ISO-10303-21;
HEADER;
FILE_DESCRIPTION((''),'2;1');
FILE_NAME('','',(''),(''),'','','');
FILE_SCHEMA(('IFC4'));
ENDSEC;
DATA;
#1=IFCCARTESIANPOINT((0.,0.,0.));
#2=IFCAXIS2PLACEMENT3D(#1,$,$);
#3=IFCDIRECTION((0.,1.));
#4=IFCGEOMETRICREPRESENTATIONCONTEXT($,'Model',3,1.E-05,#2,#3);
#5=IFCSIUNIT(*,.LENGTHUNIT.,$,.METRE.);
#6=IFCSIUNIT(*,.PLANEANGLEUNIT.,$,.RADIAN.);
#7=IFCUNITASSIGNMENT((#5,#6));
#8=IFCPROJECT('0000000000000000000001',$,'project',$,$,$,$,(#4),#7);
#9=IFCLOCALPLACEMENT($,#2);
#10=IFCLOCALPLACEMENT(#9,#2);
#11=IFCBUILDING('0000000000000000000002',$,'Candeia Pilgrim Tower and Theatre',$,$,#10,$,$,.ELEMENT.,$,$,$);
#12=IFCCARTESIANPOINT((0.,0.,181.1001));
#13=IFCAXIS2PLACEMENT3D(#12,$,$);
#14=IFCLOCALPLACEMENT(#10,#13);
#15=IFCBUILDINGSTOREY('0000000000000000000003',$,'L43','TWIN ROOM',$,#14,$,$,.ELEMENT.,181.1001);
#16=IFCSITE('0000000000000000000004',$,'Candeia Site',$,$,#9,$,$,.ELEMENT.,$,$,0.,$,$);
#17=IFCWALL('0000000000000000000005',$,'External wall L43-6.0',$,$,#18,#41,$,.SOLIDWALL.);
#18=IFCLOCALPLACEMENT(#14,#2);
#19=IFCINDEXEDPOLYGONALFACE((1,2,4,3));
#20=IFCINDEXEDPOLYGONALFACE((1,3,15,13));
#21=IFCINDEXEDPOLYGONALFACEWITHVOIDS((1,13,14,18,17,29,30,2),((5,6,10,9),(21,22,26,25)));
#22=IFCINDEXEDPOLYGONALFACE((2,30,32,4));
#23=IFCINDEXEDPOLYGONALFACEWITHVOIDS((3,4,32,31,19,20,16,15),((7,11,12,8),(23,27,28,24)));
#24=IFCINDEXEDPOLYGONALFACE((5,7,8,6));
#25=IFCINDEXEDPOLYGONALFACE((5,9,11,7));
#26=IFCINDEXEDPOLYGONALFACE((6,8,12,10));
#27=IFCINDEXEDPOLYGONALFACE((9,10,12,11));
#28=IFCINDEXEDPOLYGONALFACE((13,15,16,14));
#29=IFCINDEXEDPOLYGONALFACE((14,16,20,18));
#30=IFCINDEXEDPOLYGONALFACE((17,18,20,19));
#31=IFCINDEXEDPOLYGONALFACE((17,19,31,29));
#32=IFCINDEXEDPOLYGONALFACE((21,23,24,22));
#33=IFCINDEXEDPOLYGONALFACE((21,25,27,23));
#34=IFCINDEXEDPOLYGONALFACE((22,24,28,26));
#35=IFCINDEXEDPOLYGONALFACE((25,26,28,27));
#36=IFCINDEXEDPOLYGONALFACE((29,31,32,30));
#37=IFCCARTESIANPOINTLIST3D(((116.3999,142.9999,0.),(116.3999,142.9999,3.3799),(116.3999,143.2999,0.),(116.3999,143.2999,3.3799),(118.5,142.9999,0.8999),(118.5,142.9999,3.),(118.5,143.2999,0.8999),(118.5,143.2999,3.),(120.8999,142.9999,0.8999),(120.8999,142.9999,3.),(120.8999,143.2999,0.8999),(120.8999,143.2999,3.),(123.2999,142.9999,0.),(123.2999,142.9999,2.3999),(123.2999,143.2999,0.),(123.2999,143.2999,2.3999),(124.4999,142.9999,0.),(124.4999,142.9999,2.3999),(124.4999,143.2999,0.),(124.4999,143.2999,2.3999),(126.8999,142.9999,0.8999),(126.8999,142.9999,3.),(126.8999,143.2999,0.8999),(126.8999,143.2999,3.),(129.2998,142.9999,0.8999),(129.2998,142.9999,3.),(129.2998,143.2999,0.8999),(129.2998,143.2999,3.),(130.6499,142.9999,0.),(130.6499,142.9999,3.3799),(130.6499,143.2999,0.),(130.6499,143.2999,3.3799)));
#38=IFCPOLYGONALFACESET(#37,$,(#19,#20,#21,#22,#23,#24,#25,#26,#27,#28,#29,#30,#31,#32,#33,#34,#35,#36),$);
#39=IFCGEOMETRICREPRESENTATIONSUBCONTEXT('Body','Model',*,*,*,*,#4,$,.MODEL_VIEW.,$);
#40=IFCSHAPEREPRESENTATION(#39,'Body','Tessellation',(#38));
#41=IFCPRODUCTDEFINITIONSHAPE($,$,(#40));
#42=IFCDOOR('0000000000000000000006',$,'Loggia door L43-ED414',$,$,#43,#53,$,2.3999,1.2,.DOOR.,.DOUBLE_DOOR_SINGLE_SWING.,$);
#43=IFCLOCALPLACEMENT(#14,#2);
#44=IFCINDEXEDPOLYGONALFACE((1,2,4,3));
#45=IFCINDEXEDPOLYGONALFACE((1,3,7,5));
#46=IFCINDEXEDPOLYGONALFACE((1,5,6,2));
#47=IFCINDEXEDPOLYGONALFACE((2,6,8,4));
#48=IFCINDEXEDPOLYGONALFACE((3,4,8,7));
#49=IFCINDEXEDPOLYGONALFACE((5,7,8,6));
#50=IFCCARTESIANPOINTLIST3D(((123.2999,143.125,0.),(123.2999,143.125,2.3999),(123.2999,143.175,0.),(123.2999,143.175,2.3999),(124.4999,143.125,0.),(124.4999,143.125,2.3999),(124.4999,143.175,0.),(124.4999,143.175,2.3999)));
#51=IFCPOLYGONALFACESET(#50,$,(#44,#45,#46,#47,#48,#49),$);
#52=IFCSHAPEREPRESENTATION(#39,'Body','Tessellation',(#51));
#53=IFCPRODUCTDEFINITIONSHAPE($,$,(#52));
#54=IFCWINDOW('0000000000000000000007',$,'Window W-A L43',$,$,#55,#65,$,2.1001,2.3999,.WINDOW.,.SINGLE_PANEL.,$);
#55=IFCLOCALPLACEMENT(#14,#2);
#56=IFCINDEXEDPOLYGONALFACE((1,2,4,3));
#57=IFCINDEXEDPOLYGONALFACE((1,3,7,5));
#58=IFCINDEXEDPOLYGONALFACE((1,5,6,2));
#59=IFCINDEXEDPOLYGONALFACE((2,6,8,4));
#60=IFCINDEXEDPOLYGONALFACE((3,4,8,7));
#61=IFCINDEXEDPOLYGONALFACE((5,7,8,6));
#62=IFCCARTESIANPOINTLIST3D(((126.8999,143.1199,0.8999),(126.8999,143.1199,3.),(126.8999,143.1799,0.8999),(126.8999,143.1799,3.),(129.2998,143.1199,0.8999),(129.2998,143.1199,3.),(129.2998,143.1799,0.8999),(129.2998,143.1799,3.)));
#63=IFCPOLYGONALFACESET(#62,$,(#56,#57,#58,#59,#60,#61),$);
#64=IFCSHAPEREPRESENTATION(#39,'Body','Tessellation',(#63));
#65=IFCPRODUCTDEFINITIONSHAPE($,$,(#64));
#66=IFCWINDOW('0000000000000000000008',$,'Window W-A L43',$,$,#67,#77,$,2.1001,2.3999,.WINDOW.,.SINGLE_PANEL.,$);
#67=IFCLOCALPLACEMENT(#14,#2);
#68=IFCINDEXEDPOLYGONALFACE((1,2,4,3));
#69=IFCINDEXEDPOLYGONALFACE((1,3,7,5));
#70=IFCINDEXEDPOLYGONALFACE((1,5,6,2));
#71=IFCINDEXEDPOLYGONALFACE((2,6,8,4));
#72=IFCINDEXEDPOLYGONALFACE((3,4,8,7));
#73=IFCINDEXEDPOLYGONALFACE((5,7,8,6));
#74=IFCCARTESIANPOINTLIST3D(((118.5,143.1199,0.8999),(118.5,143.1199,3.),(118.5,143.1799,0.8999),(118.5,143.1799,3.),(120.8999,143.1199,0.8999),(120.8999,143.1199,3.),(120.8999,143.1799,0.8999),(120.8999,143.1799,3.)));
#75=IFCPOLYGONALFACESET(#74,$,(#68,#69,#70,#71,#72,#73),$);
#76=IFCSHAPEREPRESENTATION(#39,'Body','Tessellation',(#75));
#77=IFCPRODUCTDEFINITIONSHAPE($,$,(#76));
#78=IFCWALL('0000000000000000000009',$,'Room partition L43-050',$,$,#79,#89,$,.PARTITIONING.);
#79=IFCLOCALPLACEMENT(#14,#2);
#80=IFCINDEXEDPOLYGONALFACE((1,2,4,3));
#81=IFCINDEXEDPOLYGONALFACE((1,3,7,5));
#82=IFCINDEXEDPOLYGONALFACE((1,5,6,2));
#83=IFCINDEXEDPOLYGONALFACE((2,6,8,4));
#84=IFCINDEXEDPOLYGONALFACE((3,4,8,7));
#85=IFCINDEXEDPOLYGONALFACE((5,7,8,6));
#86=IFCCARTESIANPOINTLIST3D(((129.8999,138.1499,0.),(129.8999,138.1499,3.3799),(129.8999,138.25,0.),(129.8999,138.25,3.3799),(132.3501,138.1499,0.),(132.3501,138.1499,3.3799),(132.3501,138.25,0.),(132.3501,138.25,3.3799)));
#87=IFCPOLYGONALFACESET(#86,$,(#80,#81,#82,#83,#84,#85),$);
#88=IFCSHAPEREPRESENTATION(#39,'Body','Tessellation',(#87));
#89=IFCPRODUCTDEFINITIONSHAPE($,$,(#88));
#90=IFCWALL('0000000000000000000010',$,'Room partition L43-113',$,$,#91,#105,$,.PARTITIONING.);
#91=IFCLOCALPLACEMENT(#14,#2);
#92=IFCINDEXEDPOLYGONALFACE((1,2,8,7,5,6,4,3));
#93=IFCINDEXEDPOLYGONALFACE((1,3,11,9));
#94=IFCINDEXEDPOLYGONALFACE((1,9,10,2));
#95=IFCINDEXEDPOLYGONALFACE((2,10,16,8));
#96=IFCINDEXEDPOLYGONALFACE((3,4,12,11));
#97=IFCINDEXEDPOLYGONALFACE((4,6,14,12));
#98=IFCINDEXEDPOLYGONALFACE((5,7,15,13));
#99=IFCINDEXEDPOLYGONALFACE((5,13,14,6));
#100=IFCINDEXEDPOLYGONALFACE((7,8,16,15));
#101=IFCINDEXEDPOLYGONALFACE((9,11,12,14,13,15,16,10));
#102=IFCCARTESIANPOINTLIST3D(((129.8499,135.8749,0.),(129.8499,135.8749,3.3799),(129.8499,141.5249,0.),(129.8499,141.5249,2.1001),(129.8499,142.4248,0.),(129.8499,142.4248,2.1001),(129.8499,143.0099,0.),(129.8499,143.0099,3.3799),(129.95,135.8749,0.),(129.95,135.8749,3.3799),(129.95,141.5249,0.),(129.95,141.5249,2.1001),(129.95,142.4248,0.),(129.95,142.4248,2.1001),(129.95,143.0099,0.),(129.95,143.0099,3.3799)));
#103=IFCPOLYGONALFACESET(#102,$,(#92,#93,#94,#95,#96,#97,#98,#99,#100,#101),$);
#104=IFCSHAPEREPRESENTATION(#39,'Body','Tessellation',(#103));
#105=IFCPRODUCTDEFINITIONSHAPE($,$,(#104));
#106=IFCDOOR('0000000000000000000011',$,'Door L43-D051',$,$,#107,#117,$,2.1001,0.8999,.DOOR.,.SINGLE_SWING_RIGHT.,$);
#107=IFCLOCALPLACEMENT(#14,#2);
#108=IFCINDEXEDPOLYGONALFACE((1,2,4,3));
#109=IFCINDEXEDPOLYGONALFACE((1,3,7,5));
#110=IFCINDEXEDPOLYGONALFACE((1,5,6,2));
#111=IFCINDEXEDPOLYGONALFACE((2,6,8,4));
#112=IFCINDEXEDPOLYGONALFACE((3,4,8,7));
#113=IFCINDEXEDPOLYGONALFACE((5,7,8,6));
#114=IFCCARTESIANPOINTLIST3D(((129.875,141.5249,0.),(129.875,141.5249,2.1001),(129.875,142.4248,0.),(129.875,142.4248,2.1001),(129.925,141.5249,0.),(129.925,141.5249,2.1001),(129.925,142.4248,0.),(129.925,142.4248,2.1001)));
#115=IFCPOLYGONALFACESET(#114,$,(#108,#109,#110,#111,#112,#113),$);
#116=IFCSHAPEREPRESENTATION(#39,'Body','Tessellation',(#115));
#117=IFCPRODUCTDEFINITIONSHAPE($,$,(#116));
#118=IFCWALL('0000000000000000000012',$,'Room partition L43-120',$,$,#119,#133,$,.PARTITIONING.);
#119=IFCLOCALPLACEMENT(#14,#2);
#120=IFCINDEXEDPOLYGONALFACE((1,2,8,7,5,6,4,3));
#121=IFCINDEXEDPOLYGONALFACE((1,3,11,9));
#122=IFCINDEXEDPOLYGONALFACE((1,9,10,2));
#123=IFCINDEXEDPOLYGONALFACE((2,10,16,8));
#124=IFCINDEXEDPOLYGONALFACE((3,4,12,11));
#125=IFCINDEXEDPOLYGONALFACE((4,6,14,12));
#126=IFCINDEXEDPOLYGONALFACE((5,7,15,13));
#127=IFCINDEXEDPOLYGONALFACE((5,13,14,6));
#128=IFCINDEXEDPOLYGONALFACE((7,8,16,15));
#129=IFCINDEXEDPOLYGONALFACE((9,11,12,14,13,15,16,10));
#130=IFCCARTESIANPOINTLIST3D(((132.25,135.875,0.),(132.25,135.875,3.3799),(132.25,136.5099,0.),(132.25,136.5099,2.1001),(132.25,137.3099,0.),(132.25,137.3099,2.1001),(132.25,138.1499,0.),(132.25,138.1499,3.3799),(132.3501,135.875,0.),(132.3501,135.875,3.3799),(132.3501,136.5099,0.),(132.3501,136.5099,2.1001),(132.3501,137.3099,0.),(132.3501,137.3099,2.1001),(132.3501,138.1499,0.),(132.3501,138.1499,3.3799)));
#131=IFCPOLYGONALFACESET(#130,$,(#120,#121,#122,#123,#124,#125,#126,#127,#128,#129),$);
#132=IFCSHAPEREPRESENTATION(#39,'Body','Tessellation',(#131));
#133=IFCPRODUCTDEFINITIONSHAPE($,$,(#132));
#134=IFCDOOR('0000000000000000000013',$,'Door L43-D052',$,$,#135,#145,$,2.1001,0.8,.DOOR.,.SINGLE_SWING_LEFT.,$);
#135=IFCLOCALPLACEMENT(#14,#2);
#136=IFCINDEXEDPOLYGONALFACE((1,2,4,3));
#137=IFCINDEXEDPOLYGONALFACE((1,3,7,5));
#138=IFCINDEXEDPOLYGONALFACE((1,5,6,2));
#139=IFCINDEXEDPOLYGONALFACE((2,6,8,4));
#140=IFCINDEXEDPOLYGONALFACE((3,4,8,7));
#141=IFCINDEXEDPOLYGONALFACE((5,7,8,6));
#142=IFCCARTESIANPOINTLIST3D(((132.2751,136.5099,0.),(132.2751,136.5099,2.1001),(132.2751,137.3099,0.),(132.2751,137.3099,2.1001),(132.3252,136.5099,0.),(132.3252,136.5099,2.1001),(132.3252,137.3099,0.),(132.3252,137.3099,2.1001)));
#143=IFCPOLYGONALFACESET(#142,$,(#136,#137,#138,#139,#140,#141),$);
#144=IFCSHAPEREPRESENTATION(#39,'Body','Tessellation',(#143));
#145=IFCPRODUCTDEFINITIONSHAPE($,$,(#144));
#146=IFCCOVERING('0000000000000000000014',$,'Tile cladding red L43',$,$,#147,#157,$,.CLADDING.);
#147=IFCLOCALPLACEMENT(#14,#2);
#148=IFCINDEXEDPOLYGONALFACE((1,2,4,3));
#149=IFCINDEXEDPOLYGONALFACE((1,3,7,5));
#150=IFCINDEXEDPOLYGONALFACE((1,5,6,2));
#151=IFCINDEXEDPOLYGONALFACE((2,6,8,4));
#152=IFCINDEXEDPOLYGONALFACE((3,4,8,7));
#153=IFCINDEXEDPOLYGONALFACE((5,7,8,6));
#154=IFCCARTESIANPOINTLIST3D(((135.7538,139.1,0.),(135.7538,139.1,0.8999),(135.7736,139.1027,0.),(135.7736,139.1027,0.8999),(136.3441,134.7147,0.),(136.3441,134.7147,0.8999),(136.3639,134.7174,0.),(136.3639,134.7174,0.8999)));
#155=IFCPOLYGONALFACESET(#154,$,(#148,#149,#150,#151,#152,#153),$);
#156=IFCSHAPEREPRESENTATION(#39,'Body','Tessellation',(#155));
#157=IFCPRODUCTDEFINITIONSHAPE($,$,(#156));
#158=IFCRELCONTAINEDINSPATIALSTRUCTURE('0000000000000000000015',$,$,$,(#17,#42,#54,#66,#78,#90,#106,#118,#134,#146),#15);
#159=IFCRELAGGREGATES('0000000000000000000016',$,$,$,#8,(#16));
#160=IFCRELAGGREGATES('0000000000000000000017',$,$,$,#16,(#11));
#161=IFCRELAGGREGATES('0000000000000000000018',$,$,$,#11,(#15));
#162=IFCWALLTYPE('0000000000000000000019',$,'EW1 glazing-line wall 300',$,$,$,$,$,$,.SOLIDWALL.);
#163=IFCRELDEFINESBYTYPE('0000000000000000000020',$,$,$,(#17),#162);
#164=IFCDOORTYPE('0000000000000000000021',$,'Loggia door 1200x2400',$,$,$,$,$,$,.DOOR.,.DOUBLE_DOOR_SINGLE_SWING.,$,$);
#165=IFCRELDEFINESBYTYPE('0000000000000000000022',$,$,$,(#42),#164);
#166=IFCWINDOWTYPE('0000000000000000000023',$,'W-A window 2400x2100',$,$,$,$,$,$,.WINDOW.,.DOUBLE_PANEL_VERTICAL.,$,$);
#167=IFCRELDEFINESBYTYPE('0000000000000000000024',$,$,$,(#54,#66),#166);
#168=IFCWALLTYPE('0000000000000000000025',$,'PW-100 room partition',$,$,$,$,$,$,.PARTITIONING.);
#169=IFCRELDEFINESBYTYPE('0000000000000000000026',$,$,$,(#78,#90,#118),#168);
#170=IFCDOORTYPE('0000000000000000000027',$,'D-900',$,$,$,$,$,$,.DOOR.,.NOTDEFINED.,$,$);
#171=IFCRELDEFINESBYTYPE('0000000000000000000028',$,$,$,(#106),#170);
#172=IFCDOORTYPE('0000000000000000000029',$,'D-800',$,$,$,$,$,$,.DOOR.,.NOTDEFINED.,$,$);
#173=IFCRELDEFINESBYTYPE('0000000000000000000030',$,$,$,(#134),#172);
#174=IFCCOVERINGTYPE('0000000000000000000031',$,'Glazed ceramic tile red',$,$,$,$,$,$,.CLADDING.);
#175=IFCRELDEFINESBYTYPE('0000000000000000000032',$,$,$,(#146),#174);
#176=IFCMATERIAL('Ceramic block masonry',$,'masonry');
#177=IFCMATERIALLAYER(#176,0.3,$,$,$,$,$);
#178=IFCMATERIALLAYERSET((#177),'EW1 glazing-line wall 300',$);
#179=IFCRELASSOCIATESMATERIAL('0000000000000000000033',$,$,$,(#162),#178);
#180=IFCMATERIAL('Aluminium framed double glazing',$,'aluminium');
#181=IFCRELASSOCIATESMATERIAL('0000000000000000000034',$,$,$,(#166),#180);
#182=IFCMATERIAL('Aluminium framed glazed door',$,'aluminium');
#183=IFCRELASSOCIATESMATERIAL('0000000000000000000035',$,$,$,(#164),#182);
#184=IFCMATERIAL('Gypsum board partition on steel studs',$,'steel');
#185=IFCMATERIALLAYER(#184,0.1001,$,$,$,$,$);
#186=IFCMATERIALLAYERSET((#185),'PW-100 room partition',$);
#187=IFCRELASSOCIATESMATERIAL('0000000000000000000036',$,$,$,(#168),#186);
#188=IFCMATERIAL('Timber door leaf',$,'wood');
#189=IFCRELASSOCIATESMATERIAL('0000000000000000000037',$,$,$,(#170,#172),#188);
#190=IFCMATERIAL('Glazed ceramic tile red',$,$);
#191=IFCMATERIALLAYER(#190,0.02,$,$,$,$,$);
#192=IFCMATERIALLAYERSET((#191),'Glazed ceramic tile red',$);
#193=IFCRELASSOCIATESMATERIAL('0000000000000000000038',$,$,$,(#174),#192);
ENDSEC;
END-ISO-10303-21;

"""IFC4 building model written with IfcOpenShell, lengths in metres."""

from ifc_helpers import new_model, si_unit, direction, frame, frame_2d, origin, origin_2d, place, context, subcontext, project, spatial, rectangle, extrude, material, layer, layer_set, type_object, element, fill, save


model = new_model("IFC4")

# Units and contexts
model_context = context("Model", 3, precision=1e-05, world=origin(), true_north=direction((0.0, 1.0)))
body_context = subcontext(model_context, "Body", "Model", "MODEL_VIEW")
ifc_project = project(units=[si_unit("LENGTHUNIT", "METRE"), si_unit("PLANEANGLEUNIT", "RADIAN")], contexts=[model_context])

# Site, building, storey
site_placement = place(None, origin())
site = spatial("IfcSite", under=ifc_project, at=site_placement, Name="Candeia Site", CompositionType="ELEMENT", RefElevation=0.0)
building_placement = place(site_placement, origin())
building = spatial("IfcBuilding", under=site, at=building_placement, Name="Candeia Pilgrim Tower and Theatre", CompositionType="ELEMENT")
storey_placement = place(building_placement, frame((0.0, 0.0, 181.1001)))
storey = spatial("IfcBuildingStorey", under=building, at=storey_placement, Name="L43", Description="TWIN ROOM", CompositionType="ELEMENT", Elevation=181.1001)

# Shared definitions
ifc_material_1 = material(Name="Ceramic block masonry", Category="masonry")
ifc_layer_1 = layer(ifc_material_1, 0.3)
ifc_layer_set_1 = layer_set([ifc_layer_1], Name="EW1 glazing-line wall 300")
wall_type_1 = type_object("IfcWallType", Name="EW1 glazing-line wall 300", PredefinedType="SOLIDWALL", material=ifc_layer_set_1)
ifc_material_2 = material(Name="Aluminium framed double glazing", Category="aluminium")
window_type = type_object("IfcWindowType", Name="W-A window 2400x2100", PartitioningType="DOUBLE_PANEL_VERTICAL", PredefinedType="WINDOW", material=ifc_material_2)

# Wall, openings, door, windows
wall_1_placement = place(storey_placement, frame((130.6499, 143.1499, 0.0), z_axis=(0.0, 0.0, 1.0), x_axis=(-1.0, 0.0, 0.0)))
wall_1 = element("IfcWall", 1, at=wall_1_placement, inside=storey, type_object=wall_type_1, Name="External wall L43-6.0", PredefinedType="SOLIDWALL", context=body_context, shape_type="SweptSolid", body=[
    extrude(rectangle(XDim=14.25, YDim=0.3, at=frame_2d((7.125, 0.0))), origin(), (0.0, 0.0, 1.0), 3.3799),
])
opening_1_placement = place(wall_1_placement, frame((1.3501, 0.0, 0.8999)))
opening_1 = element("IfcOpeningElement", 2, at=opening_1_placement, cuts=wall_1, PredefinedType="OPENING", context=body_context, shape_type="SweptSolid", body=[
    extrude(rectangle(XDim=2.3999, YDim=2.1001, at=frame_2d((1.2, 1.05))), frame((0.0, 0.1602, 0.0), z_axis=(0.0, -1.0, 0.0), x_axis=(1.0, 0.0, 0.0)), (0.0, 0.0, 1.0), 0.3201),
])
opening_2_placement = place(wall_1_placement, frame((6.1499, 0.0, 0.0)))
opening_2 = element("IfcOpeningElement", 3, at=opening_2_placement, cuts=wall_1, PredefinedType="OPENING", context=body_context, shape_type="SweptSolid", body=[
    extrude(rectangle(XDim=1.2, YDim=2.3999, at=frame_2d((0.6001, 1.2))), frame((0.0, 0.1602, 0.0), z_axis=(0.0, -1.0, 0.0), x_axis=(1.0, 0.0, 0.0)), (0.0, 0.0, 1.0), 0.3201),
])
opening_3_placement = place(wall_1_placement, frame((9.75, 0.0, 0.8999)))
opening_3 = element("IfcOpeningElement", 4, at=opening_3_placement, cuts=wall_1, PredefinedType="OPENING", context=body_context, shape_type="SweptSolid", body=[
    extrude(rectangle(XDim=2.3999, YDim=2.1001, at=frame_2d((1.2, 1.05))), frame((0.0, 0.1602, 0.0), z_axis=(0.0, -1.0, 0.0), x_axis=(1.0, 0.0, 0.0)), (0.0, 0.0, 1.0), 0.3201),
])
ifc_material_3 = material(Name="Aluminium framed glazed door", Category="aluminium")
door_type_1 = type_object("IfcDoorType", Name="Loggia door 1200x2400", OperationType="DOUBLE_DOOR_SINGLE_SWING", PredefinedType="DOOR", material=ifc_material_3)
door_1_placement = place(opening_2_placement, origin())
door_1 = element("IfcDoor", 5, at=door_1_placement, inside=storey, type_object=door_type_1, Name="Loggia door L43-ED414", OperationType="DOUBLE_DOOR_SINGLE_SWING", OverallHeight=2.3999, OverallWidth=1.2, PredefinedType="DOOR", context=body_context, shape_type="SweptSolid", body=[
    extrude(rectangle(XDim=1.2, YDim=2.3999, at=frame_2d((0.6001, 1.2))), frame((0.0, 0.0249, 0.0), z_axis=(0.0, -1.0, 0.0), x_axis=(1.0, 0.0, 0.0)), (0.0, 0.0, 1.0), 0.05),
])
fill(opening_2, door_1)
window_1_placement = place(opening_1_placement, origin())
window_1 = element("IfcWindow", 6, at=window_1_placement, inside=storey, type_object=window_type, Name="Window W-A L43", OverallHeight=2.1001, OverallWidth=2.3999, PartitioningType="SINGLE_PANEL", PredefinedType="WINDOW", context=body_context, shape_type="SweptSolid", body=[
    extrude(rectangle(XDim=2.3999, YDim=2.1001, at=frame_2d((1.2, 1.05))), frame((0.0, 0.03, 0.0), z_axis=(0.0, -1.0, 0.0), x_axis=(1.0, 0.0, 0.0)), (0.0, 0.0, 1.0), 0.0601),
])
fill(opening_1, window_1)
window_2_placement = place(opening_3_placement, origin())
window_2 = element("IfcWindow", 7, at=window_2_placement, inside=storey, type_object=window_type, Name="Window W-A L43", OverallHeight=2.1001, OverallWidth=2.3999, PartitioningType="SINGLE_PANEL", PredefinedType="WINDOW", context=body_context, shape_type="SweptSolid", body=[
    extrude(rectangle(XDim=2.3999, YDim=2.1001, at=frame_2d((1.2, 1.05))), frame((0.0, 0.03, 0.0), z_axis=(0.0, -1.0, 0.0), x_axis=(1.0, 0.0, 0.0)), (0.0, 0.0, 1.0), 0.0601),
])
fill(opening_3, window_2)

# Wall
ifc_material_4 = material(Name="Gypsum board partition on steel studs", Category="steel")
ifc_layer_2 = layer(ifc_material_4, 0.1001)
ifc_layer_set_2 = layer_set([ifc_layer_2], Name="PW-100 room partition")
wall_type_2 = type_object("IfcWallType", Name="PW-100 room partition", PredefinedType="PARTITIONING", material=ifc_layer_set_2)
wall_2_placement = place(storey_placement, frame((129.8999, 138.2, 0.0), z_axis=(0.0, 0.0, 1.0), x_axis=(1.0, 0.0, 0.0)))
element("IfcWall", 8, at=wall_2_placement, inside=storey, type_object=wall_type_2, Name="Room partition L43-050", PredefinedType="PARTITIONING", context=body_context, shape_type="SweptSolid", body=[
    extrude(rectangle(XDim=2.4502, YDim=0.1001, at=frame_2d((1.2251, 0.0))), origin(), (0.0, 0.0, 1.0), 3.3799),
])

# Walls, openings, doors
wall_3_placement = place(storey_placement, frame((129.8999, 135.875, 0.0), z_axis=(0.0, 0.0, 1.0), x_axis=(0.0, 1.0, 0.0)))
wall_3 = element("IfcWall", 9, at=wall_3_placement, inside=storey, type_object=wall_type_2, Name="Room partition L43-113", PredefinedType="PARTITIONING", context=body_context, shape_type="SweptSolid", body=[
    extrude(rectangle(XDim=7.135, YDim=0.1001, at=frame_2d((3.5674, 0.0))), origin(), (0.0, 0.0, 1.0), 3.3799),
])
opening_4_placement = place(wall_3_placement, frame((5.6499, 0.0, 0.0)))
opening_4 = element("IfcOpeningElement", 10, at=opening_4_placement, cuts=wall_3, PredefinedType="OPENING", context=body_context, shape_type="SweptSolid", body=[
    extrude(rectangle(XDim=0.8999, YDim=2.1001, at=frame_2d((0.45, 1.05))), frame((0.0, 0.0601, 0.0), z_axis=(0.0, -1.0, 0.0), x_axis=(1.0, 0.0, 0.0)), (0.0, 0.0, 1.0), 0.1201),
])
ifc_material_5 = material(Name="Timber door leaf", Category="wood")
door_type_2 = type_object("IfcDoorType", Name="D-900", OperationType="NOTDEFINED", PredefinedType="DOOR", material=ifc_material_5)
door_2_placement = place(opening_4_placement, origin())
door_2 = element("IfcDoor", 11, at=door_2_placement, inside=storey, type_object=door_type_2, Name="Door L43-D051", OperationType="SINGLE_SWING_RIGHT", OverallHeight=2.1001, OverallWidth=0.8999, PredefinedType="DOOR", context=body_context, shape_type="SweptSolid", body=[
    extrude(rectangle(XDim=0.8999, YDim=2.1001, at=frame_2d((0.45, 1.05))), frame((0.0, 0.0249, 0.0), z_axis=(0.0, -1.0, 0.0), x_axis=(1.0, 0.0, 0.0)), (0.0, 0.0, 1.0), 0.05),
])
fill(opening_4, door_2)
wall_4_placement = place(storey_placement, frame((132.3, 135.875, 0.0), z_axis=(0.0, 0.0, 1.0), x_axis=(0.0, 1.0, 0.0)))
wall_4 = element("IfcWall", 12, at=wall_4_placement, inside=storey, type_object=wall_type_2, Name="Room partition L43-120", PredefinedType="PARTITIONING", context=body_context, shape_type="SweptSolid", body=[
    extrude(rectangle(XDim=2.2749, YDim=0.1001, at=frame_2d((1.1375, 0.0))), origin(), (0.0, 0.0, 1.0), 3.3799),
])
opening_5_placement = place(wall_4_placement, frame((0.635, 0.0, 0.0)))
opening_5 = element("IfcOpeningElement", 13, at=opening_5_placement, cuts=wall_4, PredefinedType="OPENING", context=body_context, shape_type="SweptSolid", body=[
    extrude(rectangle(XDim=0.8, YDim=2.1001, at=frame_2d((0.3999, 1.05))), frame((0.0, 0.0601, 0.0), z_axis=(0.0, -1.0, 0.0), x_axis=(1.0, 0.0, 0.0)), (0.0, 0.0, 1.0), 0.1201),
])
door_type_3 = type_object("IfcDoorType", Name="D-800", OperationType="NOTDEFINED", PredefinedType="DOOR", material=ifc_material_5)
door_3_placement = place(opening_5_placement, origin())
door_3 = element("IfcDoor", 14, at=door_3_placement, inside=storey, type_object=door_type_3, Name="Door L43-D052", OperationType="SINGLE_SWING_LEFT", OverallHeight=2.1001, OverallWidth=0.8, PredefinedType="DOOR", context=body_context, shape_type="SweptSolid", body=[
    extrude(rectangle(XDim=0.8, YDim=2.1001, at=frame_2d((0.3999, 1.05))), frame((0.0, 0.0249, 0.0), z_axis=(0.0, -1.0, 0.0), x_axis=(1.0, 0.0, 0.0)), (0.0, 0.0, 1.0), 0.05),
])
fill(opening_5, door_3)

# Covering
ifc_material_6 = material(Name="Glazed ceramic tile red")
ifc_layer_3 = layer(ifc_material_6, 0.02)
ifc_layer_set_3 = layer_set([ifc_layer_3], Name="Glazed ceramic tile red")
covering_type_1 = type_object("IfcCoveringType", Name="Glazed ceramic tile red", PredefinedType="CLADDING", material=ifc_layer_set_3)
covering_1_placement = place(storey_placement, frame((136.0588, 136.9087, 0.0), z_axis=(0.0, 0.0, 1.0), x_axis=(-0.133412, 0.991061, 0.0)))
element("IfcCovering", 15, at=covering_1_placement, inside=storey, type_object=covering_type_1, Name="Tile cladding red L43", PredefinedType="CLADDING", context=body_context, shape_type="SweptSolid", body=[
    extrude(rectangle(XDim=4.4248, YDim=0.02, at=origin_2d()), origin(), (0.0, 0.0, 1.0), 0.8999),
])

save(model, "model.ifc")
